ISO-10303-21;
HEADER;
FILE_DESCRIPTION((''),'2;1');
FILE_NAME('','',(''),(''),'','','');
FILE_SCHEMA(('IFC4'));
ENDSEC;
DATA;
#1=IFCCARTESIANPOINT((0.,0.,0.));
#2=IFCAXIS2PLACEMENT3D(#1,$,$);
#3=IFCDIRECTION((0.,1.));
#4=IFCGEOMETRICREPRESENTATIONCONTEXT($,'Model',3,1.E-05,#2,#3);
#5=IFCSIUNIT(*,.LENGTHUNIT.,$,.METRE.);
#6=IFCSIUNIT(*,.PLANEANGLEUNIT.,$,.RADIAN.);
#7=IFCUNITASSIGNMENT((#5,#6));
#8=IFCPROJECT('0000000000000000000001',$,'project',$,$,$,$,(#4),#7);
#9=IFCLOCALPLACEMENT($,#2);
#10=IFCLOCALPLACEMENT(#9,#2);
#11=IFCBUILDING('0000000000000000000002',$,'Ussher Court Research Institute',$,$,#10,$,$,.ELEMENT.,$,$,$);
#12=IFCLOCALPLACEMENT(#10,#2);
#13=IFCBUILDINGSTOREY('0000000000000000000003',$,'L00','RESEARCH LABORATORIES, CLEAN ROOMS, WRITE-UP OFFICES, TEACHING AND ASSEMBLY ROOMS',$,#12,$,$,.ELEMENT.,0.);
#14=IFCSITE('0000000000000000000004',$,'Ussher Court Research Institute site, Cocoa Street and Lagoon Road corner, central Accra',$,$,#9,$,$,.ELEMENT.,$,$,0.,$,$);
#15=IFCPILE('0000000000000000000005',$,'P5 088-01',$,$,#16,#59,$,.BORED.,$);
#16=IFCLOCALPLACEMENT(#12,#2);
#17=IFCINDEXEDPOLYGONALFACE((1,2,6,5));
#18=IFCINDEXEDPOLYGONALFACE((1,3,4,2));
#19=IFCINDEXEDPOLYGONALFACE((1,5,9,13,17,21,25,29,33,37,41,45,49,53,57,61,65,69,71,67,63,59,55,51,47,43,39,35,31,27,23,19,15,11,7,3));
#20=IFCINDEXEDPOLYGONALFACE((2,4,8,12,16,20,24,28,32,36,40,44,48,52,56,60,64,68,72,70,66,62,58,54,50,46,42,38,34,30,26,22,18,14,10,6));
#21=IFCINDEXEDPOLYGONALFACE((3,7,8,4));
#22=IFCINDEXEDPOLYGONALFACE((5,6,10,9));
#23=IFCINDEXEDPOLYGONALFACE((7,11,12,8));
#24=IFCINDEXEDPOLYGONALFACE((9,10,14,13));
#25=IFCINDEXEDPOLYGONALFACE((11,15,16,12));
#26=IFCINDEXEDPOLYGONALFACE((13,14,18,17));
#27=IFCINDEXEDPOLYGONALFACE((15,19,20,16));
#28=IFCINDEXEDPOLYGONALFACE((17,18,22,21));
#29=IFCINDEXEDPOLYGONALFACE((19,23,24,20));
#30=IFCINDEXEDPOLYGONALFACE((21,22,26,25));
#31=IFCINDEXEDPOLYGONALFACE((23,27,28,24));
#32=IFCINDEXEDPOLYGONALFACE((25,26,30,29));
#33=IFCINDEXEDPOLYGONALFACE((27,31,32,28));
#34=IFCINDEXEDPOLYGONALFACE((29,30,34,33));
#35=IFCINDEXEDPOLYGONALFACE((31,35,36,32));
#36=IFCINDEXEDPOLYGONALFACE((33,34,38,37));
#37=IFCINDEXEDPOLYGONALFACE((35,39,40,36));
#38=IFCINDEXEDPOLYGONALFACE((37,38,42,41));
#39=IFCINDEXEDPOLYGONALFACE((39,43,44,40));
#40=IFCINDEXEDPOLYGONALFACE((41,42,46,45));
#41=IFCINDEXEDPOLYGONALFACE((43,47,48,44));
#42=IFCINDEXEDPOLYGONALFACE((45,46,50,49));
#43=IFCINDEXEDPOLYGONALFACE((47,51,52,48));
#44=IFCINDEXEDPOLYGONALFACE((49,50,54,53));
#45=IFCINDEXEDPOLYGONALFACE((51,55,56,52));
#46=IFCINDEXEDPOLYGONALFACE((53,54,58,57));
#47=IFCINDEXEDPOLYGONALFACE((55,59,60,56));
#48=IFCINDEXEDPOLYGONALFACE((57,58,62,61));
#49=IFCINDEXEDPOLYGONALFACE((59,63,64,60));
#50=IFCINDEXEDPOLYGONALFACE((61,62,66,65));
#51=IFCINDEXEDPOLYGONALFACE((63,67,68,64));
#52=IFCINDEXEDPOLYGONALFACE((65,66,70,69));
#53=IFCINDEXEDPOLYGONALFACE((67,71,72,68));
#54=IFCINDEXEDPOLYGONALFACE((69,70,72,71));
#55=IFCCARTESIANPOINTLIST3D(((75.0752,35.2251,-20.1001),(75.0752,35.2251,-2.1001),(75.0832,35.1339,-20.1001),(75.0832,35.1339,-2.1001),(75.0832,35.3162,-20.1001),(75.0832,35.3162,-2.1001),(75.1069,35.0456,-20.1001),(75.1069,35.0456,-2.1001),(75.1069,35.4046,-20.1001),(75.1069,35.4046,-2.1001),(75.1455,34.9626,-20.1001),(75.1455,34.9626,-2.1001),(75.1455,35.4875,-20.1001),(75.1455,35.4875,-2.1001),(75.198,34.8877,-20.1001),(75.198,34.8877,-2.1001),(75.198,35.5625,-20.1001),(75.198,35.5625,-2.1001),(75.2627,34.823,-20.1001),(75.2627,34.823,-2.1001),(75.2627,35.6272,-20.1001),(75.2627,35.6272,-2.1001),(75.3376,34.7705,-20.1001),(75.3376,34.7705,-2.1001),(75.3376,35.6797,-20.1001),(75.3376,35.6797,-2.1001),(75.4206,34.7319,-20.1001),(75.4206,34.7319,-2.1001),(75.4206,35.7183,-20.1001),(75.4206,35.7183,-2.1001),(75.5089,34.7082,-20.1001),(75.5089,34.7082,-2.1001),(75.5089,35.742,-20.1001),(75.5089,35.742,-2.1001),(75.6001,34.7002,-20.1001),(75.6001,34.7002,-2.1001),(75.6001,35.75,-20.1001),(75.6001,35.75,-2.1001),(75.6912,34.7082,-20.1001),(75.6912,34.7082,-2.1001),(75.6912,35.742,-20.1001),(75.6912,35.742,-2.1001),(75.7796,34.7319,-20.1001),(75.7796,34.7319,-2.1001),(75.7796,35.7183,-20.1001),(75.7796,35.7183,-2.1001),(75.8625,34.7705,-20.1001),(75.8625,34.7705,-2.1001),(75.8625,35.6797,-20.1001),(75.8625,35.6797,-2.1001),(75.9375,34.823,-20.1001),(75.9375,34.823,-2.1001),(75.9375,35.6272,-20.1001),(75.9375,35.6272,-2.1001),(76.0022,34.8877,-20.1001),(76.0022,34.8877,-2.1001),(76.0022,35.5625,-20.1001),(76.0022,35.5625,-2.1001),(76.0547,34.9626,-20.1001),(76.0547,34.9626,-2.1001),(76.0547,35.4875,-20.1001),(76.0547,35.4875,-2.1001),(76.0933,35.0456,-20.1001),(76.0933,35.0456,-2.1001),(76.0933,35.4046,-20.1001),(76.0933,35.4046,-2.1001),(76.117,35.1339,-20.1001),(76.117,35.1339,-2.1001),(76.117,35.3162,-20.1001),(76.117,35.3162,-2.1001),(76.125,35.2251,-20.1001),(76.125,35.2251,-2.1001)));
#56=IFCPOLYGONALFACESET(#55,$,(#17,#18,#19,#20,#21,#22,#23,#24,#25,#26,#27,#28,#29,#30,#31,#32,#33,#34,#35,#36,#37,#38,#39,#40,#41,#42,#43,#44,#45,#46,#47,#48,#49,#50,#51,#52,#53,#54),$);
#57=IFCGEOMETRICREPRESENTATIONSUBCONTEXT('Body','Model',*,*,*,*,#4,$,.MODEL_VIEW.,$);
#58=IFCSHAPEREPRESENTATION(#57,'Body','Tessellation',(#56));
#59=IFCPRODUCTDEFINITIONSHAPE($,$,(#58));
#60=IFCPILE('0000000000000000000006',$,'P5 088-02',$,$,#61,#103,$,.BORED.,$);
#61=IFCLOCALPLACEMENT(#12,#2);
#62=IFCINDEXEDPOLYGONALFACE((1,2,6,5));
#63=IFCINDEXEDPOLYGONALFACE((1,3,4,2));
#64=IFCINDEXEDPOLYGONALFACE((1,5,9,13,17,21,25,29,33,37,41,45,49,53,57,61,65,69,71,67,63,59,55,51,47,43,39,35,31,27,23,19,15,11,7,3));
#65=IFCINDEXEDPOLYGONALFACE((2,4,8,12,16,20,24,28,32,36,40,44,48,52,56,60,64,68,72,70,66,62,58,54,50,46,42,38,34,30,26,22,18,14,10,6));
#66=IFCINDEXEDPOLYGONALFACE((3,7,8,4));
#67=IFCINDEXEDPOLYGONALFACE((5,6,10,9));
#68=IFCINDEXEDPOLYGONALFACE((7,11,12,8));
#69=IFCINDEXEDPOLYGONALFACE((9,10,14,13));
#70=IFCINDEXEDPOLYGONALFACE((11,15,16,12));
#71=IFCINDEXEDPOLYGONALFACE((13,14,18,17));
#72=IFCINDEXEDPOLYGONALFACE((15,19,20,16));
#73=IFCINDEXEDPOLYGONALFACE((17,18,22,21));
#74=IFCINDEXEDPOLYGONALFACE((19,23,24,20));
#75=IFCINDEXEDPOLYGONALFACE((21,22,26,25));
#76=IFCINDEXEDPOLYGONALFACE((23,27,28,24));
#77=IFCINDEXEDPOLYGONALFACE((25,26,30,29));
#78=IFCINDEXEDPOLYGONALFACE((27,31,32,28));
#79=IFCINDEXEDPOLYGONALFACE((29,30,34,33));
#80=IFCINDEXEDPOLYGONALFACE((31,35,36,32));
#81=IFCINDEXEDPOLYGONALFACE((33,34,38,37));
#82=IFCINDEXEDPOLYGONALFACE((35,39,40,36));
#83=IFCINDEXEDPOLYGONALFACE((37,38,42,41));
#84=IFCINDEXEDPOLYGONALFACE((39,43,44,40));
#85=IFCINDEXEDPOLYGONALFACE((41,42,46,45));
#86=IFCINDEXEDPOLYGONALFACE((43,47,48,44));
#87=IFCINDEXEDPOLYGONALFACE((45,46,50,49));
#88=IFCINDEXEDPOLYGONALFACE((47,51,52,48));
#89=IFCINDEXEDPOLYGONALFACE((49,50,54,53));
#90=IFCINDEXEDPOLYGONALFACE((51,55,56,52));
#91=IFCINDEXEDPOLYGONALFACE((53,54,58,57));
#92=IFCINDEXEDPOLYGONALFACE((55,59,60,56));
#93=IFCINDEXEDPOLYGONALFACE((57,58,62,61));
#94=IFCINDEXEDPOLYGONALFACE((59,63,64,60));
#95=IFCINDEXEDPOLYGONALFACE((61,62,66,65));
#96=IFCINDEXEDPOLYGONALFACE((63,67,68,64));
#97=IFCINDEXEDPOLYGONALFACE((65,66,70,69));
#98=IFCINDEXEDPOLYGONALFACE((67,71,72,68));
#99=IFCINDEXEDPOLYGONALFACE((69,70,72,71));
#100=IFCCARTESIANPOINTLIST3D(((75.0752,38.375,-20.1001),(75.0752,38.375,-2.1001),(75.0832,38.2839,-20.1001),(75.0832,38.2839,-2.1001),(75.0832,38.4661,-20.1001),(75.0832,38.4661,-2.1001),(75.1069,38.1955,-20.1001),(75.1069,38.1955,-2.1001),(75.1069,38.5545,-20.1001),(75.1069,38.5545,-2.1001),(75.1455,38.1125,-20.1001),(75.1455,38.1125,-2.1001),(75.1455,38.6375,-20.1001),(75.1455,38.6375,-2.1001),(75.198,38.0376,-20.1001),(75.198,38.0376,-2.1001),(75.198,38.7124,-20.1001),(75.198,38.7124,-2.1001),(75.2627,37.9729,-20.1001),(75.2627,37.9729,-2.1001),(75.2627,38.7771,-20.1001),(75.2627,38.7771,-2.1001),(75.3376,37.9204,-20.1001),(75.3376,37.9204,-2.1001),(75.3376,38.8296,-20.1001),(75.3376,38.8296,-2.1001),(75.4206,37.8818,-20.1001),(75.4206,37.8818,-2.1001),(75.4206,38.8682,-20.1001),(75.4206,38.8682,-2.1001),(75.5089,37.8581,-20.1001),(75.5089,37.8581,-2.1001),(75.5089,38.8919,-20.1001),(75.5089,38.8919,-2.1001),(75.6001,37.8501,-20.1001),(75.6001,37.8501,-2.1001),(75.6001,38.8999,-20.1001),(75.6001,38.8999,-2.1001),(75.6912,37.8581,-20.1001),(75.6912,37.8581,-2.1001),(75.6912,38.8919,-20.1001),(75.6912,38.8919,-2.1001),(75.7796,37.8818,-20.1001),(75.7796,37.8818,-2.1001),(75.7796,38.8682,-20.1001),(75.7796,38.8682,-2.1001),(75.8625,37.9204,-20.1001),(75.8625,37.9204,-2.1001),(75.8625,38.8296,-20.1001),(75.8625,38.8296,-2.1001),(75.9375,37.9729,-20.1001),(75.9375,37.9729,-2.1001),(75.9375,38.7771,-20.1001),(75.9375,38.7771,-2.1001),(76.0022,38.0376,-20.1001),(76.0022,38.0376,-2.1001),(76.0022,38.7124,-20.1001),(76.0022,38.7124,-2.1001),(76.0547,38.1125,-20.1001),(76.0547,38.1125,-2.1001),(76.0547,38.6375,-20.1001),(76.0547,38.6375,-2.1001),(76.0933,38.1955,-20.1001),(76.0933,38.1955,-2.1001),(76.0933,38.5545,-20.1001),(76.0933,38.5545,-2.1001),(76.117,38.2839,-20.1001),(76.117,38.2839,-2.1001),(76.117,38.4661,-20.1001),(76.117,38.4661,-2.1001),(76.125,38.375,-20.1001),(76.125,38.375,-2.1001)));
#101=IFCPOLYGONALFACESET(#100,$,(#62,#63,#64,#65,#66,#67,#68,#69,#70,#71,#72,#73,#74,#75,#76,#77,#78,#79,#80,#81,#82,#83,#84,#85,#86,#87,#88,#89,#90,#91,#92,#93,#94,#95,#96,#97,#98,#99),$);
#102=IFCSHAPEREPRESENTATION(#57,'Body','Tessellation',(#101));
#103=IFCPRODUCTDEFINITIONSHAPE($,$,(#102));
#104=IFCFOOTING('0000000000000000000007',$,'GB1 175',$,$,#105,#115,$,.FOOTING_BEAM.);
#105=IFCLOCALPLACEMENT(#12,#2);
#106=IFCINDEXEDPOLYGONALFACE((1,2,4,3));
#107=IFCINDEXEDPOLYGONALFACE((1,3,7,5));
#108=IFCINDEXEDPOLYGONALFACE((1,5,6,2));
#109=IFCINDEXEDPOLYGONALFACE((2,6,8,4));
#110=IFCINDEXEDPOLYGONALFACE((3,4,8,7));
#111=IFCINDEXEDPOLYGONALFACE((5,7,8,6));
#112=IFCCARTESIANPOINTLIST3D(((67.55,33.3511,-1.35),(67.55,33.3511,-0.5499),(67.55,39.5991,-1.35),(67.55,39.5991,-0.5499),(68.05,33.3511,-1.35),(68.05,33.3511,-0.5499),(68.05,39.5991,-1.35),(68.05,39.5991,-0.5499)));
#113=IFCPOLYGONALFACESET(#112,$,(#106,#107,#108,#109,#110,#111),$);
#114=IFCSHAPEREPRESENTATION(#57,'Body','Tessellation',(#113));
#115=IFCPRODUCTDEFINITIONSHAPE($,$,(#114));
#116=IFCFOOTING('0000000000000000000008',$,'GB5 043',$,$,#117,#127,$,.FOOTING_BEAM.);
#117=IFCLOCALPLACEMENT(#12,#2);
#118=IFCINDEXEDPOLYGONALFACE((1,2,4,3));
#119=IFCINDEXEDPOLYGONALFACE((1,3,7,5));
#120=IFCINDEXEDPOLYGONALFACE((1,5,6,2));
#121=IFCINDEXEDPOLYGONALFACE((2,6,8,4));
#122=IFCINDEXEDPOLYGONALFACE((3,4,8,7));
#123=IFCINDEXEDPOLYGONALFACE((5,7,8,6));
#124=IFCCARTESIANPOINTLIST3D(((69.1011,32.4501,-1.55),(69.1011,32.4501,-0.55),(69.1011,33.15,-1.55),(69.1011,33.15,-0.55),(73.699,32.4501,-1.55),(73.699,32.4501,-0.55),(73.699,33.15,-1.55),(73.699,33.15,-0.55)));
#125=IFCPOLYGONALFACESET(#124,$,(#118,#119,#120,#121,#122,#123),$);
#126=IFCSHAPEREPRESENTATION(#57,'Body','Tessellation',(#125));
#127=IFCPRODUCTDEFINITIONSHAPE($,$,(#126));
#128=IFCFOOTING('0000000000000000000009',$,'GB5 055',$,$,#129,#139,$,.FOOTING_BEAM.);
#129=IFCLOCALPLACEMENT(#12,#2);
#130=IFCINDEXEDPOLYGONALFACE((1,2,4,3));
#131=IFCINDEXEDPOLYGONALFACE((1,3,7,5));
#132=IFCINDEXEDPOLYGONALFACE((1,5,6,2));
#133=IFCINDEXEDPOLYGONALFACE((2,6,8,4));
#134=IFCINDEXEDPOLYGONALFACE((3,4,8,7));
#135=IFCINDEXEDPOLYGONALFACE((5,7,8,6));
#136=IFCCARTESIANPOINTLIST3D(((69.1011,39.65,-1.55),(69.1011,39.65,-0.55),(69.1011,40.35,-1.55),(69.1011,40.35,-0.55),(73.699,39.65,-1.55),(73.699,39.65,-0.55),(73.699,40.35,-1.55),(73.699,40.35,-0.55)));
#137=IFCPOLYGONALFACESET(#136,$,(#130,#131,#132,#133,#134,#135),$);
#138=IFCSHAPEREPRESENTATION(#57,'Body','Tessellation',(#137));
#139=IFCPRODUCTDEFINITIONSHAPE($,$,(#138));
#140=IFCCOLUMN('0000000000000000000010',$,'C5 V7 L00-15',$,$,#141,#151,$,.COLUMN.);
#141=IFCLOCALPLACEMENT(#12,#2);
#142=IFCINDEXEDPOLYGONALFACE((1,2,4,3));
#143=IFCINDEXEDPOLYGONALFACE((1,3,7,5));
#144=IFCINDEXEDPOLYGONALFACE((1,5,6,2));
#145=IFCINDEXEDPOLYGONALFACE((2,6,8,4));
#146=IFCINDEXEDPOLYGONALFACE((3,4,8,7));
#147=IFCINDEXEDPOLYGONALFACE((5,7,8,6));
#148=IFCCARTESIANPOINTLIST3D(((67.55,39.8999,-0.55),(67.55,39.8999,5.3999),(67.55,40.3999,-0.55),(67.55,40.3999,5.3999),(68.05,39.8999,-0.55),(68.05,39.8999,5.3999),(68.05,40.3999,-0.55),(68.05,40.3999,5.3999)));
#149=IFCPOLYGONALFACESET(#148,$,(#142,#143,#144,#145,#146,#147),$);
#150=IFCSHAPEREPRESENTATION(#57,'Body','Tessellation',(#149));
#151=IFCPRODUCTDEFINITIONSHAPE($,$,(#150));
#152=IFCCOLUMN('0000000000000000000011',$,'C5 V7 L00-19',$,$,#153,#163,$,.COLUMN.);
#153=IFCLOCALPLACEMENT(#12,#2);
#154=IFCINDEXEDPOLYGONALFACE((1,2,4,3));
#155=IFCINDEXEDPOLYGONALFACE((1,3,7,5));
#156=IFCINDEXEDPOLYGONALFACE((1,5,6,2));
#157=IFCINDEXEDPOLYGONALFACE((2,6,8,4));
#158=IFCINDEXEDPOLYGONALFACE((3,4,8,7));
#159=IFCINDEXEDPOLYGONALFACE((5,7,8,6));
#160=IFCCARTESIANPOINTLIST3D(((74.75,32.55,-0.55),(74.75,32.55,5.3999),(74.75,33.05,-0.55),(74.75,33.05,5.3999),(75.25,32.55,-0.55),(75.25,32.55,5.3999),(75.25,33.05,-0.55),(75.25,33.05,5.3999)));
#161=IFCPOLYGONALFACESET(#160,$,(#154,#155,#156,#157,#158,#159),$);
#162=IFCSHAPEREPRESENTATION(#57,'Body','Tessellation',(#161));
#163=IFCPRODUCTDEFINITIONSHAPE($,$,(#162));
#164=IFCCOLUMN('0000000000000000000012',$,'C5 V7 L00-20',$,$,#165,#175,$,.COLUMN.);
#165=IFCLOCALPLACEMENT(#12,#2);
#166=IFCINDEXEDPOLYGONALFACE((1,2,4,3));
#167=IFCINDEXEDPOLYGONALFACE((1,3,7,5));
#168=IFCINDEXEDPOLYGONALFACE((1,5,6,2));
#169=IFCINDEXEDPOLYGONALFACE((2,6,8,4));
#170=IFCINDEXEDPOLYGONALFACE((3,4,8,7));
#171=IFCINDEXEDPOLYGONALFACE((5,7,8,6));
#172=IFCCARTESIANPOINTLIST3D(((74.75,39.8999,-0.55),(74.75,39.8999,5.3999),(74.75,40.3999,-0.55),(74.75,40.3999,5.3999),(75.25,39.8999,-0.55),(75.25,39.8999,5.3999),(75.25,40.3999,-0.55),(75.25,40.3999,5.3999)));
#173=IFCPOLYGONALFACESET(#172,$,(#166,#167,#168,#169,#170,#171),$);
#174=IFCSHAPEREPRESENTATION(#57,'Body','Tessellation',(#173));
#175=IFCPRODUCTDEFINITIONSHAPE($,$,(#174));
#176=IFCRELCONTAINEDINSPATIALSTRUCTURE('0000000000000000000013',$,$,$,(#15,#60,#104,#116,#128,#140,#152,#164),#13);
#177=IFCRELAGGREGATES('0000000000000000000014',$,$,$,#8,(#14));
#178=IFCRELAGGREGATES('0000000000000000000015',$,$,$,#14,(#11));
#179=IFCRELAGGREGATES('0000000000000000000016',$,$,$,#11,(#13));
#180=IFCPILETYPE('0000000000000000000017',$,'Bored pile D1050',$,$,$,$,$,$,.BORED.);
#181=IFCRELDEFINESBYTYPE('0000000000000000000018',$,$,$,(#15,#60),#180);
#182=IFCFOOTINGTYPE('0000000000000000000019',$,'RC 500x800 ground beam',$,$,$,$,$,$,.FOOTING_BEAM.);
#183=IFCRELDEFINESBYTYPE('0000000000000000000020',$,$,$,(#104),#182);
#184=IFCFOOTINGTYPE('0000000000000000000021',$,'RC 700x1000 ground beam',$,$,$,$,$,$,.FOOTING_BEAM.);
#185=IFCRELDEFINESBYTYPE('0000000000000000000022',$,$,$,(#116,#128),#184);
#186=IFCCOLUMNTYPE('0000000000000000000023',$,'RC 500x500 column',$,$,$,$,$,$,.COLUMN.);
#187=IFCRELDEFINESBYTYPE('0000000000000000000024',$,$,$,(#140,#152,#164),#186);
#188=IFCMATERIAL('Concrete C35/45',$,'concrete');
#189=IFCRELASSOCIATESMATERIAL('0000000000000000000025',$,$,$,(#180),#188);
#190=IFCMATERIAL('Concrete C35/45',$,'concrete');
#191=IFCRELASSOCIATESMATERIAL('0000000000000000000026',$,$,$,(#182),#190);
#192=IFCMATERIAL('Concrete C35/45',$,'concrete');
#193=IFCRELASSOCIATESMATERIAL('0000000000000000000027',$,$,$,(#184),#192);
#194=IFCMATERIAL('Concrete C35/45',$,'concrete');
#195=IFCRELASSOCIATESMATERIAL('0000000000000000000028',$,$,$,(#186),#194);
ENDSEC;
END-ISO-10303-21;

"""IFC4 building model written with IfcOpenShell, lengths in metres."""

from ifc_helpers import new_model, si_unit, direction, frame, origin, origin_2d, place, context, subcontext, project, spatial, rectangle, circle, extrude, material, material_profile, profile_set, type_object, element, save


model = new_model("IFC4")

# Units and contexts
model_context = context("Model", 3, precision=1e-05, world=origin(), true_north=direction((0.0, 1.0)))
body_context = subcontext(model_context, "Body", "Model", "MODEL_VIEW")
ifc_project = project(units=[si_unit("LENGTHUNIT", "METRE"), si_unit("PLANEANGLEUNIT", "RADIAN")], contexts=[model_context])

# Site, building, storey
site_placement = place(None, origin())
site = spatial("IfcSite", under=ifc_project, at=site_placement, Name="Ussher Court Research Institute site, Cocoa Street and Lagoon Road corner, central Accra", CompositionType="ELEMENT", RefElevation=0.0)
building_placement = place(site_placement, origin())
building = spatial("IfcBuilding", under=site, at=building_placement, Name="Ussher Court Research Institute", CompositionType="ELEMENT")
storey_placement = place(building_placement, origin())
storey = spatial("IfcBuildingStorey", under=building, at=storey_placement, Name="L00", Description="RESEARCH LABORATORIES, CLEAN ROOMS, WRITE-UP OFFICES, TEACHING AND ASSEMBLY ROOMS", CompositionType="ELEMENT", Elevation=0.0)

# Piles
ifc_material_1 = material(Name="Concrete C35/45", Category="concrete")
ifc_material_profile_1 = material_profile(ifc_material_1, circle(Radius=0.5249, at=origin_2d()), Name="RC D1050")
ifc_profile_set_1 = profile_set([ifc_material_profile_1], Name="Concrete C35/45")
pile_type = type_object("IfcPileType", Name="Bored pile D1050", PredefinedType="BORED", material=ifc_profile_set_1)
for number, where, z_axis, x_axis, name in (
    (1, (75.6001, 35.2251, -2.1001), (0.0, 0.0, -1.0), (1.0, 0.0, 0.0), "P5 088-01"),
    (2, (75.6001, 38.375, -2.1001), (0.0, 0.0, -1.0), (1.0, 0.0, 0.0), "P5 088-02"),
):
    element("IfcPile", number, at=place(storey_placement, frame(where, z_axis=z_axis, x_axis=x_axis)), inside=storey, type_object=pile_type, Name=name, PredefinedType="BORED", context=body_context, shape_type="SweptSolid", body=[
        extrude(circle(Radius=0.5249, at=origin_2d()), origin(), (0.0, 0.0, 1.0), 18.0),
    ])

# Footings
ifc_material_2 = material(Name="Concrete C35/45", Category="concrete")
ifc_material_profile_2 = material_profile(ifc_material_2, rectangle(XDim=0.5, YDim=0.8, at=origin_2d()), Name="RC 500x800")
ifc_profile_set_2 = profile_set([ifc_material_profile_2], Name="Concrete C35/45")
footing_type_1 = type_object("IfcFootingType", Name="RC 500x800 ground beam", PredefinedType="FOOTING_BEAM", material=ifc_profile_set_2)
footing_placement = place(storey_placement, frame((67.8, 33.3511, -0.95), z_axis=(0.0, 1.0, 0.0), x_axis=(-1.0, 0.0, 0.0)))
element("IfcFooting", 3, at=footing_placement, inside=storey, type_object=footing_type_1, Name="GB1 175", PredefinedType="FOOTING_BEAM", context=body_context, shape_type="SweptSolid", body=[
    extrude(rectangle(XDim=0.5, YDim=0.8, at=origin_2d()), origin(), (0.0, 0.0, 1.0), 6.248),
])
ifc_material_3 = material(Name="Concrete C35/45", Category="concrete")
ifc_material_profile_3 = material_profile(ifc_material_3, rectangle(XDim=0.7, YDim=1.0, at=origin_2d()), Name="RC 700x1000")
ifc_profile_set_3 = profile_set([ifc_material_profile_3], Name="Concrete C35/45")
footing_type_2 = type_object("IfcFootingType", Name="RC 700x1000 ground beam", PredefinedType="FOOTING_BEAM", material=ifc_profile_set_3)
for number, where, z_axis, x_axis, name in (
    (4, (69.1011, 32.8, -1.05), (1.0, 0.0, 0.0), (0.0, 1.0, 0.0), "GB5 043"),
    (5, (69.1011, 40.0, -1.05), (1.0, 0.0, 0.0), (0.0, 1.0, 0.0), "GB5 055"),
):
    element("IfcFooting", number, at=place(storey_placement, frame(where, z_axis=z_axis, x_axis=x_axis)), inside=storey, type_object=footing_type_2, Name=name, PredefinedType="FOOTING_BEAM", context=body_context, shape_type="SweptSolid", body=[
        extrude(rectangle(XDim=0.7, YDim=1.0, at=origin_2d()), origin(), (0.0, 0.0, 1.0), 4.5979),
    ])

# Columns
ifc_material_4 = material(Name="Concrete C35/45", Category="concrete")
ifc_material_profile_4 = material_profile(ifc_material_4, rectangle(XDim=0.5, YDim=0.5, at=origin_2d()), Name="RC 500x500")
ifc_profile_set_4 = profile_set([ifc_material_profile_4], Name="Concrete C35/45")
column_type = type_object("IfcColumnType", Name="RC 500x500 column", PredefinedType="COLUMN", material=ifc_profile_set_4)
for number, where, z_axis, x_axis, name in (
    (6, (67.8, 40.1499, -0.55), (0.0, 0.0, 1.0), (1.0, 0.0, 0.0), "C5 V7 L00-15"),
    (7, (75.0, 32.8, -0.55), (0.0, 0.0, 1.0), (1.0, 0.0, 0.0), "C5 V7 L00-19"),
    (8, (75.0, 40.1499, -0.55), (0.0, 0.0, 1.0), (1.0, 0.0, 0.0), "C5 V7 L00-20"),
):
    element("IfcColumn", number, at=place(storey_placement, frame(where, z_axis=z_axis, x_axis=x_axis)), inside=storey, type_object=column_type, Name=name, PredefinedType="COLUMN", context=body_context, shape_type="SweptSolid", body=[
        extrude(rectangle(XDim=0.5, YDim=0.5, at=origin_2d()), origin(), (0.0, 0.0, 1.0), 5.95),
    ])

save(model, "model.ifc")
